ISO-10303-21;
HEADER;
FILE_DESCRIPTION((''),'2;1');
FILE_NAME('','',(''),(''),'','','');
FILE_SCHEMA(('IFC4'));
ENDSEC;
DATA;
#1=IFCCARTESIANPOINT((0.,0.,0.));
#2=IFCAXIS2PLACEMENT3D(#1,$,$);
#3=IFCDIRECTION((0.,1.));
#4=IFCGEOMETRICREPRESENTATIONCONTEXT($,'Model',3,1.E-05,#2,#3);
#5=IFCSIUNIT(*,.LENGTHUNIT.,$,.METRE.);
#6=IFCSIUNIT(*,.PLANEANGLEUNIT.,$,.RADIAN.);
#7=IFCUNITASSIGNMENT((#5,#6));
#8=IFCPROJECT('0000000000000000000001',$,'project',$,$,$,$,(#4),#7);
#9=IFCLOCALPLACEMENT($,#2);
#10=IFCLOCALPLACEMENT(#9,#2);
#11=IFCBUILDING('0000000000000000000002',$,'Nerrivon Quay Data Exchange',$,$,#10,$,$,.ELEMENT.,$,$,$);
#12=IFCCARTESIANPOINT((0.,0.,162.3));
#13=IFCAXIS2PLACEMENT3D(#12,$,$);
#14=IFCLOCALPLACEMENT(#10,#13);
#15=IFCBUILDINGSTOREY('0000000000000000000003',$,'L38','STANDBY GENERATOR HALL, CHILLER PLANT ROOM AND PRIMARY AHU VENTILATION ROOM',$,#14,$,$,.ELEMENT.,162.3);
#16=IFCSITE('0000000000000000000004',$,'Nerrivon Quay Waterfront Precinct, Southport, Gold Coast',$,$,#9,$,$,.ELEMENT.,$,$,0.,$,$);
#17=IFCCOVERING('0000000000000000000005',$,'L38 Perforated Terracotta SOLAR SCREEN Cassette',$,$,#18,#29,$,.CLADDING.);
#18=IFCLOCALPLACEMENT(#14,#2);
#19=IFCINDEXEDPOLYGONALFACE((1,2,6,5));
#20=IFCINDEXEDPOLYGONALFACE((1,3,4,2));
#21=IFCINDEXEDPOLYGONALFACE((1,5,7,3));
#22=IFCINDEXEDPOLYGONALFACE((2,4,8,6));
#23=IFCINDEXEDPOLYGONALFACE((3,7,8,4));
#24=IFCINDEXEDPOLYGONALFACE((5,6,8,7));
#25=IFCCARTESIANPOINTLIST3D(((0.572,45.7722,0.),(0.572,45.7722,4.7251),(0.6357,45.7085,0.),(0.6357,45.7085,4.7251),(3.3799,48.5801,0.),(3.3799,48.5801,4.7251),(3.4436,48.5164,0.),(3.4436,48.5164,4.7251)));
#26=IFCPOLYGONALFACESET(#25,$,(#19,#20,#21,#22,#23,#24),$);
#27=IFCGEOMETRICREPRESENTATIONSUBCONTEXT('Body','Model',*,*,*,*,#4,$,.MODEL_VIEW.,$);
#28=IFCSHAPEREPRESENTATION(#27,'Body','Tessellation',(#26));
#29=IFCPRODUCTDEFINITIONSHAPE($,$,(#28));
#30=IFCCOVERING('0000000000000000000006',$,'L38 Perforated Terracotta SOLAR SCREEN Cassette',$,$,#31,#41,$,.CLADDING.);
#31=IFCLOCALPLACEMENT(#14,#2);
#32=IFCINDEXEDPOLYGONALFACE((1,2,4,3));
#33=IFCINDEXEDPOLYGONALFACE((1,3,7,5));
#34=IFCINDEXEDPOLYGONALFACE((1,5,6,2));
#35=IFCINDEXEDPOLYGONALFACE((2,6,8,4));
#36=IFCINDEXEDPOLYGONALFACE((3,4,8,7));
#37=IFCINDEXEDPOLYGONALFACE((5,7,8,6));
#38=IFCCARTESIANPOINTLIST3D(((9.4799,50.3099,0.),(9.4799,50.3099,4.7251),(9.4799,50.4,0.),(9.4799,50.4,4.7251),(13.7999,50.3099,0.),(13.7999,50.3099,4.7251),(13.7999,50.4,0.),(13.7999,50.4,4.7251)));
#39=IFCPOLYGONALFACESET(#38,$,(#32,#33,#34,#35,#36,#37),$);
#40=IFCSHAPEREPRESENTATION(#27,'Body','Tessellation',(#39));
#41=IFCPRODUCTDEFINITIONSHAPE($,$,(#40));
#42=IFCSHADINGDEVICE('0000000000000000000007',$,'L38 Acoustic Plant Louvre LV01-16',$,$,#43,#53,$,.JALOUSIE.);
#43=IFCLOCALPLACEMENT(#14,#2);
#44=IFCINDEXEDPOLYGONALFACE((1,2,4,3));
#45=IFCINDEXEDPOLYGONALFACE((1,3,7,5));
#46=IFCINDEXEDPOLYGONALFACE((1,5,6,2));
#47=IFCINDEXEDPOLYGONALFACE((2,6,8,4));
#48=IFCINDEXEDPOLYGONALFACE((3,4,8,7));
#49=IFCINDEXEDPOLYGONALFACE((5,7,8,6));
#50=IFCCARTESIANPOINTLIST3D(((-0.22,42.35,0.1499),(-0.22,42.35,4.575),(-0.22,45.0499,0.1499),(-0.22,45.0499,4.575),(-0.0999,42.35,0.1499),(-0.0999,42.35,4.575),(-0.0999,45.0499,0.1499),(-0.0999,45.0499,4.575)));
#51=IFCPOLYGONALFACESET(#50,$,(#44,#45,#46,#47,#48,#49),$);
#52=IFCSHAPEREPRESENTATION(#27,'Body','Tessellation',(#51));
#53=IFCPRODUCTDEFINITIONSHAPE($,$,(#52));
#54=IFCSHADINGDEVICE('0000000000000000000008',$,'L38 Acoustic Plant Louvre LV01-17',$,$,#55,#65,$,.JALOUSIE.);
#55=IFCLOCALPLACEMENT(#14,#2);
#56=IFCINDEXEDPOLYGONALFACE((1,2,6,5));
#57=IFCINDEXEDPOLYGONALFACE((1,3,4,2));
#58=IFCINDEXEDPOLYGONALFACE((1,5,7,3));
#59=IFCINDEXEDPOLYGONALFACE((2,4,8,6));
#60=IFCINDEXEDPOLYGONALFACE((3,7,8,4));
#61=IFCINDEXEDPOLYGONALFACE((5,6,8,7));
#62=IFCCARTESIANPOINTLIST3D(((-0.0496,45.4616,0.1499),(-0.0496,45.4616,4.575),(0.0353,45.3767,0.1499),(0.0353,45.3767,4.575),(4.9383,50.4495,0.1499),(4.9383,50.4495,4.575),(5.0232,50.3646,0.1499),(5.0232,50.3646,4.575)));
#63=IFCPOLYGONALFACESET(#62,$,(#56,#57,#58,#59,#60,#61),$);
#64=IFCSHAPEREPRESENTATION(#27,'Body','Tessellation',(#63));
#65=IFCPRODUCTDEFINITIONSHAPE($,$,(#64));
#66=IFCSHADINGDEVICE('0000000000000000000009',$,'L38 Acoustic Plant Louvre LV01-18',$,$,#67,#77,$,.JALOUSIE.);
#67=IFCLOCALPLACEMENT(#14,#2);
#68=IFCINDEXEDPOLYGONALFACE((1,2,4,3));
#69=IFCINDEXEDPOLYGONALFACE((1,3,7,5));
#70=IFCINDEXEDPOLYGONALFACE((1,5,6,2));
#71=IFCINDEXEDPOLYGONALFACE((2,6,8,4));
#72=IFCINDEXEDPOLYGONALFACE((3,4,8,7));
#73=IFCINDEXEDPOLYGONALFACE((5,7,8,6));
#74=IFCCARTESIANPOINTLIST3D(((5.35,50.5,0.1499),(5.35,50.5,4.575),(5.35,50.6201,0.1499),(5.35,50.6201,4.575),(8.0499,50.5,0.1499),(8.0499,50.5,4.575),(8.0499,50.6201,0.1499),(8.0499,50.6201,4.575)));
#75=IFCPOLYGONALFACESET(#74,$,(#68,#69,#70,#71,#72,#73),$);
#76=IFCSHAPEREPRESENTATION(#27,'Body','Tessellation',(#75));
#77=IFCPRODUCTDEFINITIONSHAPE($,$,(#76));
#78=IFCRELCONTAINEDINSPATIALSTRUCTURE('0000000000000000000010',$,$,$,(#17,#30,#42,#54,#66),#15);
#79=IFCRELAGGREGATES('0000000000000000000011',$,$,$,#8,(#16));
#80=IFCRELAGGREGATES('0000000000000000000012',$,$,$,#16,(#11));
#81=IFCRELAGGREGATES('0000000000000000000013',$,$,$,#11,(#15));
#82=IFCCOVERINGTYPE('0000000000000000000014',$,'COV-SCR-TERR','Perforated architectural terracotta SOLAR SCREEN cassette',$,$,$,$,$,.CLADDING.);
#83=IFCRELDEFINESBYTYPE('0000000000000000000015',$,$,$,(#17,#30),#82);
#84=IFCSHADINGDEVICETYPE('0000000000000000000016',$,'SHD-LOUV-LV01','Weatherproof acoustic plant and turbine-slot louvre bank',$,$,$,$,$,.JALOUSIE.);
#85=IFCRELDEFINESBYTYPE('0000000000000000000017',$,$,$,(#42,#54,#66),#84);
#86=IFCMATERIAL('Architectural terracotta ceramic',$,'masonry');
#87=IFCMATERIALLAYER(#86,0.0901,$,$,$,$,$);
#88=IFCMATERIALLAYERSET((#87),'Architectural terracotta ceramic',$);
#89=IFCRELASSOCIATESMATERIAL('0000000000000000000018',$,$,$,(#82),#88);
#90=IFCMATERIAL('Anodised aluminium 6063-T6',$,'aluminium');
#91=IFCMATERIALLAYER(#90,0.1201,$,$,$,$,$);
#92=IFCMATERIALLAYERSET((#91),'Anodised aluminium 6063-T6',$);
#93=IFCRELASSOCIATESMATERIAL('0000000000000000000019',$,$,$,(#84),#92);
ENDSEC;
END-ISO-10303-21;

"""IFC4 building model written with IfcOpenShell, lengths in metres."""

from ifc_helpers import new_model, si_unit, direction, frame, origin, origin_2d, place, context, subcontext, project, spatial, rectangle, extrude, material, layer, layer_set, type_object, element, save


model = new_model("IFC4")

# Units and contexts
model_context = context("Model", 3, precision=1e-05, world=origin(), true_north=direction((0.0, 1.0)))
body_context = subcontext(model_context, "Body", "Model", "MODEL_VIEW")
ifc_project = project(units=[si_unit("LENGTHUNIT", "METRE"), si_unit("PLANEANGLEUNIT", "RADIAN")], contexts=[model_context])

# Site, building, storey
site_placement = place(None, origin())
site = spatial("IfcSite", under=ifc_project, at=site_placement, Name="Nerrivon Quay Waterfront Precinct, Southport, Gold Coast", CompositionType="ELEMENT", RefElevation=0.0)
building_placement = place(site_placement, origin())
building = spatial("IfcBuilding", under=site, at=building_placement, Name="Nerrivon Quay Data Exchange", CompositionType="ELEMENT")
storey_placement = place(building_placement, frame((0.0, 0.0, 162.3)))
storey = spatial("IfcBuildingStorey", under=building, at=storey_placement, Name="L38", Description="STANDBY GENERATOR HALL, CHILLER PLANT ROOM AND PRIMARY AHU VENTILATION ROOM", CompositionType="ELEMENT", Elevation=162.3)

# Coverings
ifc_material_1 = material(Name="Architectural terracotta ceramic", Category="masonry")
ifc_layer_1 = layer(ifc_material_1, 0.0901)
ifc_layer_set_1 = layer_set([ifc_layer_1], Name="Architectural terracotta ceramic")
covering_type = type_object("IfcCoveringType", Name="COV-SCR-TERR", Description="Perforated architectural terracotta SOLAR SCREEN cassette", PredefinedType="CLADDING", material=ifc_layer_set_1)
covering_1_placement = place(storey_placement, frame((2.0078, 47.1443, 0.0), z_axis=(0.0, 0.0, 1.0), x_axis=(0.707107, 0.707107, 0.0)))
element("IfcCovering", 1, at=covering_1_placement, inside=storey, type_object=covering_type, Name="L38 Perforated Terracotta SOLAR SCREEN Cassette", PredefinedType="CLADDING", context=body_context, shape_type="SweptSolid", body=[
    extrude(rectangle(XDim=3.9709, YDim=0.0901, at=origin_2d()), origin(), (0.0, 0.0, 1.0), 4.7251),
])
covering_2_placement = place(storey_placement, frame((11.6399, 50.355, 0.0), z_axis=(0.0, 0.0, 1.0), x_axis=(1.0, 0.0, 0.0)))
element("IfcCovering", 2, at=covering_2_placement, inside=storey, type_object=covering_type, Name="L38 Perforated Terracotta SOLAR SCREEN Cassette", PredefinedType="CLADDING", context=body_context, shape_type="SweptSolid", body=[
    extrude(rectangle(XDim=4.3201, YDim=0.0901, at=origin_2d()), origin(), (0.0, 0.0, 1.0), 4.7251),
])

# Shading devices
ifc_material_2 = material(Name="Anodised aluminium 6063-T6", Category="aluminium")
ifc_layer_2 = layer(ifc_material_2, 0.1201)
ifc_layer_set_2 = layer_set([ifc_layer_2], Name="Anodised aluminium 6063-T6")
shading_device_type = type_object("IfcShadingDeviceType", Name="SHD-LOUV-LV01", Description="Weatherproof acoustic plant and turbine-slot louvre bank", PredefinedType="JALOUSIE", material=ifc_layer_set_2)
shading_device_1_placement = place(storey_placement, frame((-0.1599, 43.7, 0.1499), z_axis=(0.0, 0.0, 1.0), x_axis=(0.0, 1.0, 0.0)))
element("IfcShadingDevice", 3, at=shading_device_1_placement, inside=storey, type_object=shading_device_type, Name="L38 Acoustic Plant Louvre LV01-16", PredefinedType="JALOUSIE", context=body_context, shape_type="SweptSolid", body=[
    extrude(rectangle(XDim=2.7, YDim=0.1201, at=origin_2d()), origin(), (0.0, 0.0, 1.0), 4.425),
])
shading_device_2_placement = place(storey_placement, frame((2.4868, 47.9131, 0.1499), z_axis=(0.0, 0.0, 1.0), x_axis=(0.707107, 0.707107, 0.0)))
element("IfcShadingDevice", 4, at=shading_device_2_placement, inside=storey, type_object=shading_device_type, Name="L38 Acoustic Plant Louvre LV01-17", PredefinedType="JALOUSIE", context=body_context, shape_type="SweptSolid", body=[
    extrude(rectangle(XDim=7.054, YDim=0.1201, at=origin_2d()), origin(), (0.0, 0.0, 1.0), 4.425),
])
shading_device_3_placement = place(storey_placement, frame((6.7, 50.5601, 0.1499), z_axis=(0.0, 0.0, 1.0), x_axis=(1.0, 0.0, 0.0)))
element("IfcShadingDevice", 5, at=shading_device_3_placement, inside=storey, type_object=shading_device_type, Name="L38 Acoustic Plant Louvre LV01-18", PredefinedType="JALOUSIE", context=body_context, shape_type="SweptSolid", body=[
    extrude(rectangle(XDim=2.7, YDim=0.1201, at=origin_2d()), origin(), (0.0, 0.0, 1.0), 4.425),
])

save(model, "model.ifc")
